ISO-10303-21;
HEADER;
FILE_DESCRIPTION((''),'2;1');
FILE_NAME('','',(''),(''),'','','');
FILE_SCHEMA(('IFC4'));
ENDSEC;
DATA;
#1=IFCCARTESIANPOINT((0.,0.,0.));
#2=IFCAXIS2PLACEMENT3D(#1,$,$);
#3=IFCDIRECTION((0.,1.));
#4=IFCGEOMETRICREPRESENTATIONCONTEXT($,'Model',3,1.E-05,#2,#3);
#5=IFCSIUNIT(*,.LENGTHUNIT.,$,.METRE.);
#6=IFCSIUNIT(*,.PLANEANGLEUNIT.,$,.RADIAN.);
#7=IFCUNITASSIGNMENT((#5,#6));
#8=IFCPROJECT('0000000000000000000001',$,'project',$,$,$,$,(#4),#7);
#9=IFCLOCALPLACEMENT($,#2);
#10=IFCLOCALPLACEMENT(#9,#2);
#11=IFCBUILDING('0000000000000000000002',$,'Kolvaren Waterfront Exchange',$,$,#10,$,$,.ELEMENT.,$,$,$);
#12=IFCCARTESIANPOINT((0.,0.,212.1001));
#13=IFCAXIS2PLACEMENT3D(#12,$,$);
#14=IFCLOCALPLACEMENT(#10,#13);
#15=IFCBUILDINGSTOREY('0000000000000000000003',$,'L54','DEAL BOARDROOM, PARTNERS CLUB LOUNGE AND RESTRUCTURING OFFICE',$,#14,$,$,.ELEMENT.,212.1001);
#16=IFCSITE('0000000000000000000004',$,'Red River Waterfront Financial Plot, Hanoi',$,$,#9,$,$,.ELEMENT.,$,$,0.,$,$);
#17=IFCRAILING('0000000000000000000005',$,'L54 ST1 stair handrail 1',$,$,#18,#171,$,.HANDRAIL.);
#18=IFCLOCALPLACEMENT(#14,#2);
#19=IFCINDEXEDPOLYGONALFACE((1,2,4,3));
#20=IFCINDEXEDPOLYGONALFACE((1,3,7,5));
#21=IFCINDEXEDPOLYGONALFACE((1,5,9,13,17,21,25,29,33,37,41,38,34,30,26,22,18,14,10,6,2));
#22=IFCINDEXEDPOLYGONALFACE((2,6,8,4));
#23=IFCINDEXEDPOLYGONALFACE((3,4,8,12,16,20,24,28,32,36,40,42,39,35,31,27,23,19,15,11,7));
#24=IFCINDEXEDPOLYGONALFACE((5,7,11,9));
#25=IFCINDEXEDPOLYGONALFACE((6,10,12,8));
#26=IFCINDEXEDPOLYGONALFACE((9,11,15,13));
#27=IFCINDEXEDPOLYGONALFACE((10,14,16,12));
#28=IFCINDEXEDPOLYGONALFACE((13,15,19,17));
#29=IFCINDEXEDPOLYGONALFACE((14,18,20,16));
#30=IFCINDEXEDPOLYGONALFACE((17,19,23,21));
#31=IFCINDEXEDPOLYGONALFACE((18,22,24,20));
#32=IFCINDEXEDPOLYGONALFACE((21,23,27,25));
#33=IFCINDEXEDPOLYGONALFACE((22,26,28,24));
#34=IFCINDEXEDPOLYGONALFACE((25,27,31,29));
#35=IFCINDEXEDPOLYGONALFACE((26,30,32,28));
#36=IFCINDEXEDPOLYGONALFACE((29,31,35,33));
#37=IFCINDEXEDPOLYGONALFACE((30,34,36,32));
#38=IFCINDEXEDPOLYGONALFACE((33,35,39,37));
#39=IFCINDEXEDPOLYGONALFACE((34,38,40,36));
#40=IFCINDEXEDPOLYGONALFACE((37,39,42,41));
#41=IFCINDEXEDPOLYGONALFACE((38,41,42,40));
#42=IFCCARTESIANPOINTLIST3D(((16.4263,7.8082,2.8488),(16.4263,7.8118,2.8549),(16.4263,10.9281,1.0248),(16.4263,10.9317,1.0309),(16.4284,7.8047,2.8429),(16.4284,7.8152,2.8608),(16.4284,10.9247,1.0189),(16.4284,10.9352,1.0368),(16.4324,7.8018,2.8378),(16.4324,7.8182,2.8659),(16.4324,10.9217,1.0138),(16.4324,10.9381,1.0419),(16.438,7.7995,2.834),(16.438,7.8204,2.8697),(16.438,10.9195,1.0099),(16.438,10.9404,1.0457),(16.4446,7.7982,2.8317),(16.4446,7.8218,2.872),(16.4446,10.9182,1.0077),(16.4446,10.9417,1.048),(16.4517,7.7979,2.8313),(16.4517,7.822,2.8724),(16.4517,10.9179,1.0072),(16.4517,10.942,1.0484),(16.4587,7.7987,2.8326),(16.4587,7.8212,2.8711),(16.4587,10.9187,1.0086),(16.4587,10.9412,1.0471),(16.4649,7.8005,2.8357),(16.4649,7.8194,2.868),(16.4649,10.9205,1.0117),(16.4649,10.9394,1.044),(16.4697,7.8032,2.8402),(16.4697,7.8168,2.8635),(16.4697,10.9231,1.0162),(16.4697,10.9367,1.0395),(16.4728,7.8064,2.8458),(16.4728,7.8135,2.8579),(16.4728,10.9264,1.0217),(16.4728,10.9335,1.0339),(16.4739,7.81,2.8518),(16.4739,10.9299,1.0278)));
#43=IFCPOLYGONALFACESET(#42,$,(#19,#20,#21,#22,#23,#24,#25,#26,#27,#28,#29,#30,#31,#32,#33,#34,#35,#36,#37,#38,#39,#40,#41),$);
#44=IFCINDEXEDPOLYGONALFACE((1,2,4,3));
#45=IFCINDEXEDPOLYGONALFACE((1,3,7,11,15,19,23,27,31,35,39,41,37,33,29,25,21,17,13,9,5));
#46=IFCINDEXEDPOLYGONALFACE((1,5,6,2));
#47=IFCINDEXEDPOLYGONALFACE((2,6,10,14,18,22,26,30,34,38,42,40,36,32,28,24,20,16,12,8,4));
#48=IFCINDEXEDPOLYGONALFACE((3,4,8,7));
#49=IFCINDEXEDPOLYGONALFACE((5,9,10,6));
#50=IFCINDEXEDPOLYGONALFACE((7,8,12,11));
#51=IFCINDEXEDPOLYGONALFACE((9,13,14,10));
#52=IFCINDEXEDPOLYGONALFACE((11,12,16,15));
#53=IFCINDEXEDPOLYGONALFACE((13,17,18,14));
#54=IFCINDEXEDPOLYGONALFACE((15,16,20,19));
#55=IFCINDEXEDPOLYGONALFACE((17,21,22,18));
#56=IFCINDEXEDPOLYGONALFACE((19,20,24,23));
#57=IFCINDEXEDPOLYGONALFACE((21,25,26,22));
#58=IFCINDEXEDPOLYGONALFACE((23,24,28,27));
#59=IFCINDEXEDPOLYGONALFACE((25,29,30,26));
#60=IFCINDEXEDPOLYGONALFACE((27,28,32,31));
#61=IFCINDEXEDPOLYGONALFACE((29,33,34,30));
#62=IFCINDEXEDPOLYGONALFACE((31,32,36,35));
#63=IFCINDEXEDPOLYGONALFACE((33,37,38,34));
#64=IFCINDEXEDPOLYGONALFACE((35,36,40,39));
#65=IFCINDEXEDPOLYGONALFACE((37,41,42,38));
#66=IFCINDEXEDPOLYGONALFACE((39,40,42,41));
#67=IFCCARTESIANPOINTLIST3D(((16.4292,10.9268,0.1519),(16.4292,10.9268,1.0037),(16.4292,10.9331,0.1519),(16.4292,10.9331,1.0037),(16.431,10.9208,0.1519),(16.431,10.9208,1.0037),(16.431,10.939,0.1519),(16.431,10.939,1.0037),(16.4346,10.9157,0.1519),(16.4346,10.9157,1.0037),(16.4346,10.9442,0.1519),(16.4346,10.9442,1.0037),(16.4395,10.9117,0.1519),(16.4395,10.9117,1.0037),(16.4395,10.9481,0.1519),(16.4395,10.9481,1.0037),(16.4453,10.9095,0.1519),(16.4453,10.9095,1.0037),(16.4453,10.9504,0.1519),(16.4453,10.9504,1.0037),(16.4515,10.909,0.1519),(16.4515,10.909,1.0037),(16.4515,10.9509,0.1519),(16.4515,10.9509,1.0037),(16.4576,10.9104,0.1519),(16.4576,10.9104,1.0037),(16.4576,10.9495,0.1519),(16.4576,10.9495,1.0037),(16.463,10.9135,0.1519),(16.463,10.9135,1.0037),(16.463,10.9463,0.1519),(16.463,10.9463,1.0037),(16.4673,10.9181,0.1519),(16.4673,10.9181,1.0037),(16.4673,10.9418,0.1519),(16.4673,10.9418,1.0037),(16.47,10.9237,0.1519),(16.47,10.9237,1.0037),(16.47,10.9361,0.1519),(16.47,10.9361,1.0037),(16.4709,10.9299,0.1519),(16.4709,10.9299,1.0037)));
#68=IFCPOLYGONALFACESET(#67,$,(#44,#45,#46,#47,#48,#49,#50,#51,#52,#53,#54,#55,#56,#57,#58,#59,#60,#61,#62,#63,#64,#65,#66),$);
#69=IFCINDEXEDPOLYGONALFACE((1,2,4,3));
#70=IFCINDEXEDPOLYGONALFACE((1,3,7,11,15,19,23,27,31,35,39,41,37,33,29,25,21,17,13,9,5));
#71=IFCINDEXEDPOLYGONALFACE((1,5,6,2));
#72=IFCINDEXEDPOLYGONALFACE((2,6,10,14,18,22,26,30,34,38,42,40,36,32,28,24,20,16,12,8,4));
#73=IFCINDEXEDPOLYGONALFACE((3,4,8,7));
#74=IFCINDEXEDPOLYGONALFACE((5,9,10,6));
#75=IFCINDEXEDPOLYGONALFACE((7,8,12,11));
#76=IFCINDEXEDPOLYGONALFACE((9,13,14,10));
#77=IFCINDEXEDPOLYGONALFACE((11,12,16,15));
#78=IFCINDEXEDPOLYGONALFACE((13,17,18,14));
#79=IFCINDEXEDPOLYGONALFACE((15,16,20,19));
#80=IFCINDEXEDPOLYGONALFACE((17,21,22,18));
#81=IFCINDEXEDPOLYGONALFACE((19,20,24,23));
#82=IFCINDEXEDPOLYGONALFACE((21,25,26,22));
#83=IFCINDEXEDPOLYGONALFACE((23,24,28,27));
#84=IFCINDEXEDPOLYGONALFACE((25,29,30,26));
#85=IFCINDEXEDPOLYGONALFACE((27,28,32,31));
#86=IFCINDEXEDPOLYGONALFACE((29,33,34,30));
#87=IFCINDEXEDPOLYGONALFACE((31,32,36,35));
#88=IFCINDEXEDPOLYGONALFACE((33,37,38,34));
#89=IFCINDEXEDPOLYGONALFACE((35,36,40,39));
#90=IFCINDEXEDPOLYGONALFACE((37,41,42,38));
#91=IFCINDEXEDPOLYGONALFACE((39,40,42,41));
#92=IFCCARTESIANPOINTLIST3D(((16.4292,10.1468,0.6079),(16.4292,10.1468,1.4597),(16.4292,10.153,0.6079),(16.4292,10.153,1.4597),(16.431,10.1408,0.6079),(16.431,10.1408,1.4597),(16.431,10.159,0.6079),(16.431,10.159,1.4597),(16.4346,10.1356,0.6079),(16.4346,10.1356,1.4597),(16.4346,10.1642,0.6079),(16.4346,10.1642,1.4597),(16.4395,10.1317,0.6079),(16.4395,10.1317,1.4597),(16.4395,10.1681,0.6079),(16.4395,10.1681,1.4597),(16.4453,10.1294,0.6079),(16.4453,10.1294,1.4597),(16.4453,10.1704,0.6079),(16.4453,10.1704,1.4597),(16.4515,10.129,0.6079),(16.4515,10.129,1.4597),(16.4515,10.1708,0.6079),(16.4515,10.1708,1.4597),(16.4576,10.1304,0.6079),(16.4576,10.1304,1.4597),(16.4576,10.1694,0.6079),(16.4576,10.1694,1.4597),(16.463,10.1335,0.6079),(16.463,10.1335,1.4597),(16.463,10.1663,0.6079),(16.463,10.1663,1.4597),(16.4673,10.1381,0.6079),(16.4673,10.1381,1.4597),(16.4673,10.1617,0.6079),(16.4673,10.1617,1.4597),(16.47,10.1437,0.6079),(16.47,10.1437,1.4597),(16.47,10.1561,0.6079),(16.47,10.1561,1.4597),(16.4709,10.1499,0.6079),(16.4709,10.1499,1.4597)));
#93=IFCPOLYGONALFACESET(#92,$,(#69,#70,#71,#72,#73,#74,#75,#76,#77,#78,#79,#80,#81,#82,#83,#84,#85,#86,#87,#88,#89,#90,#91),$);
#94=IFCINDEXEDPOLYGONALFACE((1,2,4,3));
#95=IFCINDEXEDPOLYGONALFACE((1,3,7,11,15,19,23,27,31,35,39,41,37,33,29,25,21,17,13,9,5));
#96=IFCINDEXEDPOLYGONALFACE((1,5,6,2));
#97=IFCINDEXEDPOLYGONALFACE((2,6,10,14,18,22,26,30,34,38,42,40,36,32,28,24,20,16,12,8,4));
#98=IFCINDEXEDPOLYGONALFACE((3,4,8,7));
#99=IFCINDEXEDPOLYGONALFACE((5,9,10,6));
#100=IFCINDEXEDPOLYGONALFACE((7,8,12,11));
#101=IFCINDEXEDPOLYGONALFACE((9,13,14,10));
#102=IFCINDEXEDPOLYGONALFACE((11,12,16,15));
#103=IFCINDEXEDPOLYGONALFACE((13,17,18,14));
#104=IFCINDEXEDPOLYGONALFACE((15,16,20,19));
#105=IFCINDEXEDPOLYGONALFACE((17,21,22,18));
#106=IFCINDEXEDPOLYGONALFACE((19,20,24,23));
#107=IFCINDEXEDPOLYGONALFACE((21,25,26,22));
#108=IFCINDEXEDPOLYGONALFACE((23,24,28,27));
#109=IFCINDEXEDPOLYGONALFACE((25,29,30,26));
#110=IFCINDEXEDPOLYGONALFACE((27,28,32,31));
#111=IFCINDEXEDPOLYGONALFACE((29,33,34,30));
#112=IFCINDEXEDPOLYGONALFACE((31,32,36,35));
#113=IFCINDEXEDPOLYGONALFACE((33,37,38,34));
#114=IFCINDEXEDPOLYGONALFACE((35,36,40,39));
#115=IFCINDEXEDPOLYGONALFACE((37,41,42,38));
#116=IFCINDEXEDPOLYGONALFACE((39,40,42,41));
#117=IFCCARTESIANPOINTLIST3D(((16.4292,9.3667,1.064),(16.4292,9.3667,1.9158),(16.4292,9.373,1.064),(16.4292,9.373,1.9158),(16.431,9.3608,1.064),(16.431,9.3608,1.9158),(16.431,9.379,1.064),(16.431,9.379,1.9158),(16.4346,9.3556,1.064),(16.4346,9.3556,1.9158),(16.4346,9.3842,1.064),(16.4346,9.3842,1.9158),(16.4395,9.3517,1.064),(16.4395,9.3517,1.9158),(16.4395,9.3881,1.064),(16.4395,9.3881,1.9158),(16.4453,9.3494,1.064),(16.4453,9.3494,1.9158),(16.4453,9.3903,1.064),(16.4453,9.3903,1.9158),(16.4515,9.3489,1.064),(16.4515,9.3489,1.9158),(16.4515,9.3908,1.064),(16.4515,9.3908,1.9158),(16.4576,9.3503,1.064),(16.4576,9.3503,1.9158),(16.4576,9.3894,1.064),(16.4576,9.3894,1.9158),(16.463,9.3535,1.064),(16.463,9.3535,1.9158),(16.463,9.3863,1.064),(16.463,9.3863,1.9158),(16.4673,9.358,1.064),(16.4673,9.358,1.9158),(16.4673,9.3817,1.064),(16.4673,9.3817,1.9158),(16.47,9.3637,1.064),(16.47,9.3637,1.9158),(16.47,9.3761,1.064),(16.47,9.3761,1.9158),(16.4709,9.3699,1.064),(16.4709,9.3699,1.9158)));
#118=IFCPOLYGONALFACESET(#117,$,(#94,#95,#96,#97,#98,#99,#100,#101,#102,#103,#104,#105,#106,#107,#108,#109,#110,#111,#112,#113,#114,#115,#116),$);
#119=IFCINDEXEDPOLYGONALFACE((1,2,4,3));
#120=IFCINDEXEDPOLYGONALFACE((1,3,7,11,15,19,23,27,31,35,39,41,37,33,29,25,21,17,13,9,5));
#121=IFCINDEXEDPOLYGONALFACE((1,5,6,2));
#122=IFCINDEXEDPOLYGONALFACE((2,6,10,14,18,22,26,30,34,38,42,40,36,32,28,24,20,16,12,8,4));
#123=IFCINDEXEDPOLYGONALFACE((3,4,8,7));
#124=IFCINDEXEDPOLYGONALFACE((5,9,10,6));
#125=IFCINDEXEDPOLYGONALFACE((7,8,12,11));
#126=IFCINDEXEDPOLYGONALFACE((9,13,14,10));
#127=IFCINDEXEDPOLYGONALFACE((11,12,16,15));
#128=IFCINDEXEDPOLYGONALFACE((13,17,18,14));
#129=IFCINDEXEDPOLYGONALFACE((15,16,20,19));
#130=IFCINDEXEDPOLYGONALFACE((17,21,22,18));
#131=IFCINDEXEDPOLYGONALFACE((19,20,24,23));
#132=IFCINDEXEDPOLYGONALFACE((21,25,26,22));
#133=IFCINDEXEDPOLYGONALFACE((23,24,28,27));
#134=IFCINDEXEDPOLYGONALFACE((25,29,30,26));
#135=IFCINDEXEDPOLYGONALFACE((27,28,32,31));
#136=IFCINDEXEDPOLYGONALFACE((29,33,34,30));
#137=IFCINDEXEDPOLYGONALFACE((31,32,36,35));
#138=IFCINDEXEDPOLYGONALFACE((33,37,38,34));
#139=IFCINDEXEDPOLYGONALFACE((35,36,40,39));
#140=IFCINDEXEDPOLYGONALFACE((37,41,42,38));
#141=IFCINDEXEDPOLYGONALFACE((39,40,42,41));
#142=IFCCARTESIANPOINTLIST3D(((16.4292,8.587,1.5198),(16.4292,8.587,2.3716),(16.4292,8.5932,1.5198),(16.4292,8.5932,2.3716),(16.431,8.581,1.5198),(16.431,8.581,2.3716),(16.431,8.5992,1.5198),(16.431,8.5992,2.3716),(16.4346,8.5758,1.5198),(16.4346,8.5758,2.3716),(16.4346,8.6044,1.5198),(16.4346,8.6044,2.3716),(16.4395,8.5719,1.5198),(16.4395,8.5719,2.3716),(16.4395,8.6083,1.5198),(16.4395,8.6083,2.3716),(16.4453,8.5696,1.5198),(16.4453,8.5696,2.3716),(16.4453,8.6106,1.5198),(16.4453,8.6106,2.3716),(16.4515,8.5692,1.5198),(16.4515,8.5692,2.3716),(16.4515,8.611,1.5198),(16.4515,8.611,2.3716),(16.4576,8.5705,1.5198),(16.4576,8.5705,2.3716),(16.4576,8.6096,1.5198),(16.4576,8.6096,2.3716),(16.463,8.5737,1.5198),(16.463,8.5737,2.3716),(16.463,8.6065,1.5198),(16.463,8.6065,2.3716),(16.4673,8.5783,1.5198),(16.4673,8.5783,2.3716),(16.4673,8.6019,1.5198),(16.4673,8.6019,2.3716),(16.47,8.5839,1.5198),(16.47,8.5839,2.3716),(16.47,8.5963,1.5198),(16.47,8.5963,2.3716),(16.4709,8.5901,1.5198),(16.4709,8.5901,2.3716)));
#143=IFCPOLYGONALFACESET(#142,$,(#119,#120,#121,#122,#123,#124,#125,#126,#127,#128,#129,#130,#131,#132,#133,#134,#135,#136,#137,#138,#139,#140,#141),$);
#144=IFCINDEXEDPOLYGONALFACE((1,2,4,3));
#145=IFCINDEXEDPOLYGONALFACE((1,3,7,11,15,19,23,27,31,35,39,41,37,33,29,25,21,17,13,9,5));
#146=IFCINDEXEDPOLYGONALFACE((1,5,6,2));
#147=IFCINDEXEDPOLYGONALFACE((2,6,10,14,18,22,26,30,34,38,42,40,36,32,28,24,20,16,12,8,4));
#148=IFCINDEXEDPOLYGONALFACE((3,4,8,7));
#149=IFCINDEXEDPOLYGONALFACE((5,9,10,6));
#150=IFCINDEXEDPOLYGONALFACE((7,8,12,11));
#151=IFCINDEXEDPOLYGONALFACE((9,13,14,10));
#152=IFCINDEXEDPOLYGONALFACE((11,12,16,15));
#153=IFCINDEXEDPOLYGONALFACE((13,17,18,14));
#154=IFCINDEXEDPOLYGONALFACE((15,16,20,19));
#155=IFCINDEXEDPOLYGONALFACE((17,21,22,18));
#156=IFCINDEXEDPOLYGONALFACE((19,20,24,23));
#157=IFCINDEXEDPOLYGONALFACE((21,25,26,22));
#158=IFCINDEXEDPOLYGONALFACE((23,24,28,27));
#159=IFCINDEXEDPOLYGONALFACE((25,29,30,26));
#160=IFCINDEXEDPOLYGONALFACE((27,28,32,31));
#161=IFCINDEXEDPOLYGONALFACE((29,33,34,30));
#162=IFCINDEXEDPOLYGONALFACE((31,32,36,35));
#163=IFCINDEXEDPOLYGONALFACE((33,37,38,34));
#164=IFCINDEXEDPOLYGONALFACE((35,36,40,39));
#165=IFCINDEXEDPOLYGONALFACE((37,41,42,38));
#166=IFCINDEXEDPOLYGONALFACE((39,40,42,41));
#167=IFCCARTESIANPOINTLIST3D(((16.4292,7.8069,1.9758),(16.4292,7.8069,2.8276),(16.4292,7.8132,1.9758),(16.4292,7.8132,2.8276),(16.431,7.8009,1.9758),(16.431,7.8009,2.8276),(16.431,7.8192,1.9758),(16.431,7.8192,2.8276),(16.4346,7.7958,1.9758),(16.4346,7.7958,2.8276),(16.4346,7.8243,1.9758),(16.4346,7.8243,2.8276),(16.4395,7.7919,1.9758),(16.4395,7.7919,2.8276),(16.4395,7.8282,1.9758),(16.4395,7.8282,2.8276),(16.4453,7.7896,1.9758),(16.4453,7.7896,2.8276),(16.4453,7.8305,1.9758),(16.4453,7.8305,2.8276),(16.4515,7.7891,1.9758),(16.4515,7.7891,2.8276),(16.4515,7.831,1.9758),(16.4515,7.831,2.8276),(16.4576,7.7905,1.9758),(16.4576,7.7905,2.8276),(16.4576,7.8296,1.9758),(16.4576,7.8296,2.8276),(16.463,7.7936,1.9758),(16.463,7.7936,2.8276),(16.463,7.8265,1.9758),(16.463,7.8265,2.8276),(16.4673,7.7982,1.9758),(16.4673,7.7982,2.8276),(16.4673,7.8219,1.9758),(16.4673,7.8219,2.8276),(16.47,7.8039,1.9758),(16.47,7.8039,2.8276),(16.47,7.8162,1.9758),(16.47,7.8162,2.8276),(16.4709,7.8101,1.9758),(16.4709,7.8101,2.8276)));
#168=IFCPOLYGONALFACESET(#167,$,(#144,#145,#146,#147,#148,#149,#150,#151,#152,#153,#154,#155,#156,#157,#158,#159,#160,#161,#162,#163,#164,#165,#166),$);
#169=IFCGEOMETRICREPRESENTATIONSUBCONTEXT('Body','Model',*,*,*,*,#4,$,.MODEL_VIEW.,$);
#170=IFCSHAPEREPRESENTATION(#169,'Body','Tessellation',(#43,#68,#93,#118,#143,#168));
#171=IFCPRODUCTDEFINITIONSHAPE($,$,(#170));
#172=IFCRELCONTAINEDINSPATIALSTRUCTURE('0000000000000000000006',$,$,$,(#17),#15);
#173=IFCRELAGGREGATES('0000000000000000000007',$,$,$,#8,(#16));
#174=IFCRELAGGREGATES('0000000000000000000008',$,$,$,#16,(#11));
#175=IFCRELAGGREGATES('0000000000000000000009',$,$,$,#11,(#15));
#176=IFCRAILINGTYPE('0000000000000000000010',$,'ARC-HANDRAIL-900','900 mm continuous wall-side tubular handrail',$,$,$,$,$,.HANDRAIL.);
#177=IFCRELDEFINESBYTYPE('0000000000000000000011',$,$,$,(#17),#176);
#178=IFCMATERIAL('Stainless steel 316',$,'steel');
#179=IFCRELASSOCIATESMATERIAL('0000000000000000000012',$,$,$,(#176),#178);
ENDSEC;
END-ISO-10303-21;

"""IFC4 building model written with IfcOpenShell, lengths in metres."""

from ifc_helpers import new_model, si_unit, direction, frame, origin, origin_2d, place, context, subcontext, project, spatial, circle, extrude, material, type_object, element, save


model = new_model("IFC4")

# Units and contexts
model_context = context("Model", 3, precision=1e-05, world=origin(), true_north=direction((0.0, 1.0)))
body_context = subcontext(model_context, "Body", "Model", "MODEL_VIEW")
ifc_project = project(units=[si_unit("LENGTHUNIT", "METRE"), si_unit("PLANEANGLEUNIT", "RADIAN")], contexts=[model_context])

# Site, building, storey
site_placement = place(None, origin())
site = spatial("IfcSite", under=ifc_project, at=site_placement, Name="Red River Waterfront Financial Plot, Hanoi", CompositionType="ELEMENT", RefElevation=0.0)
building_placement = place(site_placement, origin())
building = spatial("IfcBuilding", under=site, at=building_placement, Name="Kolvaren Waterfront Exchange", CompositionType="ELEMENT")
storey_placement = place(building_placement, frame((0.0, 0.0, 212.1001)))
storey = spatial("IfcBuildingStorey", under=building, at=storey_placement, Name="L54", Description="DEAL BOARDROOM, PARTNERS CLUB LOUNGE AND RESTRUCTURING OFFICE", CompositionType="ELEMENT", Elevation=212.1001)

# Railing
ifc_material_1 = material(Name="Stainless steel 316", Category="steel")
railing_type = type_object("IfcRailingType", Name="ARC-HANDRAIL-900", Description="900 mm continuous wall-side tubular handrail", PredefinedType="HANDRAIL", material=ifc_material_1)
railing_placement = place(storey_placement, frame((16.45, 10.9299, 0.1519)))
element("IfcRailing", 1, at=railing_placement, inside=storey, type_object=railing_type, Name="L54 ST1 stair handrail 1", PredefinedType="HANDRAIL", context=body_context, shape_type="SweptSolid", body=[
    extrude(circle(Radius=0.0239, at=origin_2d()), frame((0.0, 0.0, 0.876), z_axis=(0.0, -0.863291, 0.504707), x_axis=(1.0, 0.0, 0.0)), (0.0, 0.0, 1.0), 3.614),
    extrude(circle(Radius=0.021, at=origin_2d()), origin(), (0.0, 0.0, 1.0), 0.8518),
    extrude(circle(Radius=0.021, at=origin_2d()), frame((0.0, -0.78, 0.4561)), (0.0, 0.0, 1.0), 0.8518),
    extrude(circle(Radius=0.021, at=origin_2d()), frame((0.0, -1.5601, 0.9121)), (0.0, 0.0, 1.0), 0.8518),
    extrude(circle(Radius=0.021, at=origin_2d()), frame((0.0, -2.3398, 1.3679)), (0.0, 0.0, 1.0), 0.8518),
    extrude(circle(Radius=0.021, at=origin_2d()), frame((0.0, -3.1199, 1.824)), (0.0, 0.0, 1.0), 0.8518),
])

save(model, "model.ifc")
